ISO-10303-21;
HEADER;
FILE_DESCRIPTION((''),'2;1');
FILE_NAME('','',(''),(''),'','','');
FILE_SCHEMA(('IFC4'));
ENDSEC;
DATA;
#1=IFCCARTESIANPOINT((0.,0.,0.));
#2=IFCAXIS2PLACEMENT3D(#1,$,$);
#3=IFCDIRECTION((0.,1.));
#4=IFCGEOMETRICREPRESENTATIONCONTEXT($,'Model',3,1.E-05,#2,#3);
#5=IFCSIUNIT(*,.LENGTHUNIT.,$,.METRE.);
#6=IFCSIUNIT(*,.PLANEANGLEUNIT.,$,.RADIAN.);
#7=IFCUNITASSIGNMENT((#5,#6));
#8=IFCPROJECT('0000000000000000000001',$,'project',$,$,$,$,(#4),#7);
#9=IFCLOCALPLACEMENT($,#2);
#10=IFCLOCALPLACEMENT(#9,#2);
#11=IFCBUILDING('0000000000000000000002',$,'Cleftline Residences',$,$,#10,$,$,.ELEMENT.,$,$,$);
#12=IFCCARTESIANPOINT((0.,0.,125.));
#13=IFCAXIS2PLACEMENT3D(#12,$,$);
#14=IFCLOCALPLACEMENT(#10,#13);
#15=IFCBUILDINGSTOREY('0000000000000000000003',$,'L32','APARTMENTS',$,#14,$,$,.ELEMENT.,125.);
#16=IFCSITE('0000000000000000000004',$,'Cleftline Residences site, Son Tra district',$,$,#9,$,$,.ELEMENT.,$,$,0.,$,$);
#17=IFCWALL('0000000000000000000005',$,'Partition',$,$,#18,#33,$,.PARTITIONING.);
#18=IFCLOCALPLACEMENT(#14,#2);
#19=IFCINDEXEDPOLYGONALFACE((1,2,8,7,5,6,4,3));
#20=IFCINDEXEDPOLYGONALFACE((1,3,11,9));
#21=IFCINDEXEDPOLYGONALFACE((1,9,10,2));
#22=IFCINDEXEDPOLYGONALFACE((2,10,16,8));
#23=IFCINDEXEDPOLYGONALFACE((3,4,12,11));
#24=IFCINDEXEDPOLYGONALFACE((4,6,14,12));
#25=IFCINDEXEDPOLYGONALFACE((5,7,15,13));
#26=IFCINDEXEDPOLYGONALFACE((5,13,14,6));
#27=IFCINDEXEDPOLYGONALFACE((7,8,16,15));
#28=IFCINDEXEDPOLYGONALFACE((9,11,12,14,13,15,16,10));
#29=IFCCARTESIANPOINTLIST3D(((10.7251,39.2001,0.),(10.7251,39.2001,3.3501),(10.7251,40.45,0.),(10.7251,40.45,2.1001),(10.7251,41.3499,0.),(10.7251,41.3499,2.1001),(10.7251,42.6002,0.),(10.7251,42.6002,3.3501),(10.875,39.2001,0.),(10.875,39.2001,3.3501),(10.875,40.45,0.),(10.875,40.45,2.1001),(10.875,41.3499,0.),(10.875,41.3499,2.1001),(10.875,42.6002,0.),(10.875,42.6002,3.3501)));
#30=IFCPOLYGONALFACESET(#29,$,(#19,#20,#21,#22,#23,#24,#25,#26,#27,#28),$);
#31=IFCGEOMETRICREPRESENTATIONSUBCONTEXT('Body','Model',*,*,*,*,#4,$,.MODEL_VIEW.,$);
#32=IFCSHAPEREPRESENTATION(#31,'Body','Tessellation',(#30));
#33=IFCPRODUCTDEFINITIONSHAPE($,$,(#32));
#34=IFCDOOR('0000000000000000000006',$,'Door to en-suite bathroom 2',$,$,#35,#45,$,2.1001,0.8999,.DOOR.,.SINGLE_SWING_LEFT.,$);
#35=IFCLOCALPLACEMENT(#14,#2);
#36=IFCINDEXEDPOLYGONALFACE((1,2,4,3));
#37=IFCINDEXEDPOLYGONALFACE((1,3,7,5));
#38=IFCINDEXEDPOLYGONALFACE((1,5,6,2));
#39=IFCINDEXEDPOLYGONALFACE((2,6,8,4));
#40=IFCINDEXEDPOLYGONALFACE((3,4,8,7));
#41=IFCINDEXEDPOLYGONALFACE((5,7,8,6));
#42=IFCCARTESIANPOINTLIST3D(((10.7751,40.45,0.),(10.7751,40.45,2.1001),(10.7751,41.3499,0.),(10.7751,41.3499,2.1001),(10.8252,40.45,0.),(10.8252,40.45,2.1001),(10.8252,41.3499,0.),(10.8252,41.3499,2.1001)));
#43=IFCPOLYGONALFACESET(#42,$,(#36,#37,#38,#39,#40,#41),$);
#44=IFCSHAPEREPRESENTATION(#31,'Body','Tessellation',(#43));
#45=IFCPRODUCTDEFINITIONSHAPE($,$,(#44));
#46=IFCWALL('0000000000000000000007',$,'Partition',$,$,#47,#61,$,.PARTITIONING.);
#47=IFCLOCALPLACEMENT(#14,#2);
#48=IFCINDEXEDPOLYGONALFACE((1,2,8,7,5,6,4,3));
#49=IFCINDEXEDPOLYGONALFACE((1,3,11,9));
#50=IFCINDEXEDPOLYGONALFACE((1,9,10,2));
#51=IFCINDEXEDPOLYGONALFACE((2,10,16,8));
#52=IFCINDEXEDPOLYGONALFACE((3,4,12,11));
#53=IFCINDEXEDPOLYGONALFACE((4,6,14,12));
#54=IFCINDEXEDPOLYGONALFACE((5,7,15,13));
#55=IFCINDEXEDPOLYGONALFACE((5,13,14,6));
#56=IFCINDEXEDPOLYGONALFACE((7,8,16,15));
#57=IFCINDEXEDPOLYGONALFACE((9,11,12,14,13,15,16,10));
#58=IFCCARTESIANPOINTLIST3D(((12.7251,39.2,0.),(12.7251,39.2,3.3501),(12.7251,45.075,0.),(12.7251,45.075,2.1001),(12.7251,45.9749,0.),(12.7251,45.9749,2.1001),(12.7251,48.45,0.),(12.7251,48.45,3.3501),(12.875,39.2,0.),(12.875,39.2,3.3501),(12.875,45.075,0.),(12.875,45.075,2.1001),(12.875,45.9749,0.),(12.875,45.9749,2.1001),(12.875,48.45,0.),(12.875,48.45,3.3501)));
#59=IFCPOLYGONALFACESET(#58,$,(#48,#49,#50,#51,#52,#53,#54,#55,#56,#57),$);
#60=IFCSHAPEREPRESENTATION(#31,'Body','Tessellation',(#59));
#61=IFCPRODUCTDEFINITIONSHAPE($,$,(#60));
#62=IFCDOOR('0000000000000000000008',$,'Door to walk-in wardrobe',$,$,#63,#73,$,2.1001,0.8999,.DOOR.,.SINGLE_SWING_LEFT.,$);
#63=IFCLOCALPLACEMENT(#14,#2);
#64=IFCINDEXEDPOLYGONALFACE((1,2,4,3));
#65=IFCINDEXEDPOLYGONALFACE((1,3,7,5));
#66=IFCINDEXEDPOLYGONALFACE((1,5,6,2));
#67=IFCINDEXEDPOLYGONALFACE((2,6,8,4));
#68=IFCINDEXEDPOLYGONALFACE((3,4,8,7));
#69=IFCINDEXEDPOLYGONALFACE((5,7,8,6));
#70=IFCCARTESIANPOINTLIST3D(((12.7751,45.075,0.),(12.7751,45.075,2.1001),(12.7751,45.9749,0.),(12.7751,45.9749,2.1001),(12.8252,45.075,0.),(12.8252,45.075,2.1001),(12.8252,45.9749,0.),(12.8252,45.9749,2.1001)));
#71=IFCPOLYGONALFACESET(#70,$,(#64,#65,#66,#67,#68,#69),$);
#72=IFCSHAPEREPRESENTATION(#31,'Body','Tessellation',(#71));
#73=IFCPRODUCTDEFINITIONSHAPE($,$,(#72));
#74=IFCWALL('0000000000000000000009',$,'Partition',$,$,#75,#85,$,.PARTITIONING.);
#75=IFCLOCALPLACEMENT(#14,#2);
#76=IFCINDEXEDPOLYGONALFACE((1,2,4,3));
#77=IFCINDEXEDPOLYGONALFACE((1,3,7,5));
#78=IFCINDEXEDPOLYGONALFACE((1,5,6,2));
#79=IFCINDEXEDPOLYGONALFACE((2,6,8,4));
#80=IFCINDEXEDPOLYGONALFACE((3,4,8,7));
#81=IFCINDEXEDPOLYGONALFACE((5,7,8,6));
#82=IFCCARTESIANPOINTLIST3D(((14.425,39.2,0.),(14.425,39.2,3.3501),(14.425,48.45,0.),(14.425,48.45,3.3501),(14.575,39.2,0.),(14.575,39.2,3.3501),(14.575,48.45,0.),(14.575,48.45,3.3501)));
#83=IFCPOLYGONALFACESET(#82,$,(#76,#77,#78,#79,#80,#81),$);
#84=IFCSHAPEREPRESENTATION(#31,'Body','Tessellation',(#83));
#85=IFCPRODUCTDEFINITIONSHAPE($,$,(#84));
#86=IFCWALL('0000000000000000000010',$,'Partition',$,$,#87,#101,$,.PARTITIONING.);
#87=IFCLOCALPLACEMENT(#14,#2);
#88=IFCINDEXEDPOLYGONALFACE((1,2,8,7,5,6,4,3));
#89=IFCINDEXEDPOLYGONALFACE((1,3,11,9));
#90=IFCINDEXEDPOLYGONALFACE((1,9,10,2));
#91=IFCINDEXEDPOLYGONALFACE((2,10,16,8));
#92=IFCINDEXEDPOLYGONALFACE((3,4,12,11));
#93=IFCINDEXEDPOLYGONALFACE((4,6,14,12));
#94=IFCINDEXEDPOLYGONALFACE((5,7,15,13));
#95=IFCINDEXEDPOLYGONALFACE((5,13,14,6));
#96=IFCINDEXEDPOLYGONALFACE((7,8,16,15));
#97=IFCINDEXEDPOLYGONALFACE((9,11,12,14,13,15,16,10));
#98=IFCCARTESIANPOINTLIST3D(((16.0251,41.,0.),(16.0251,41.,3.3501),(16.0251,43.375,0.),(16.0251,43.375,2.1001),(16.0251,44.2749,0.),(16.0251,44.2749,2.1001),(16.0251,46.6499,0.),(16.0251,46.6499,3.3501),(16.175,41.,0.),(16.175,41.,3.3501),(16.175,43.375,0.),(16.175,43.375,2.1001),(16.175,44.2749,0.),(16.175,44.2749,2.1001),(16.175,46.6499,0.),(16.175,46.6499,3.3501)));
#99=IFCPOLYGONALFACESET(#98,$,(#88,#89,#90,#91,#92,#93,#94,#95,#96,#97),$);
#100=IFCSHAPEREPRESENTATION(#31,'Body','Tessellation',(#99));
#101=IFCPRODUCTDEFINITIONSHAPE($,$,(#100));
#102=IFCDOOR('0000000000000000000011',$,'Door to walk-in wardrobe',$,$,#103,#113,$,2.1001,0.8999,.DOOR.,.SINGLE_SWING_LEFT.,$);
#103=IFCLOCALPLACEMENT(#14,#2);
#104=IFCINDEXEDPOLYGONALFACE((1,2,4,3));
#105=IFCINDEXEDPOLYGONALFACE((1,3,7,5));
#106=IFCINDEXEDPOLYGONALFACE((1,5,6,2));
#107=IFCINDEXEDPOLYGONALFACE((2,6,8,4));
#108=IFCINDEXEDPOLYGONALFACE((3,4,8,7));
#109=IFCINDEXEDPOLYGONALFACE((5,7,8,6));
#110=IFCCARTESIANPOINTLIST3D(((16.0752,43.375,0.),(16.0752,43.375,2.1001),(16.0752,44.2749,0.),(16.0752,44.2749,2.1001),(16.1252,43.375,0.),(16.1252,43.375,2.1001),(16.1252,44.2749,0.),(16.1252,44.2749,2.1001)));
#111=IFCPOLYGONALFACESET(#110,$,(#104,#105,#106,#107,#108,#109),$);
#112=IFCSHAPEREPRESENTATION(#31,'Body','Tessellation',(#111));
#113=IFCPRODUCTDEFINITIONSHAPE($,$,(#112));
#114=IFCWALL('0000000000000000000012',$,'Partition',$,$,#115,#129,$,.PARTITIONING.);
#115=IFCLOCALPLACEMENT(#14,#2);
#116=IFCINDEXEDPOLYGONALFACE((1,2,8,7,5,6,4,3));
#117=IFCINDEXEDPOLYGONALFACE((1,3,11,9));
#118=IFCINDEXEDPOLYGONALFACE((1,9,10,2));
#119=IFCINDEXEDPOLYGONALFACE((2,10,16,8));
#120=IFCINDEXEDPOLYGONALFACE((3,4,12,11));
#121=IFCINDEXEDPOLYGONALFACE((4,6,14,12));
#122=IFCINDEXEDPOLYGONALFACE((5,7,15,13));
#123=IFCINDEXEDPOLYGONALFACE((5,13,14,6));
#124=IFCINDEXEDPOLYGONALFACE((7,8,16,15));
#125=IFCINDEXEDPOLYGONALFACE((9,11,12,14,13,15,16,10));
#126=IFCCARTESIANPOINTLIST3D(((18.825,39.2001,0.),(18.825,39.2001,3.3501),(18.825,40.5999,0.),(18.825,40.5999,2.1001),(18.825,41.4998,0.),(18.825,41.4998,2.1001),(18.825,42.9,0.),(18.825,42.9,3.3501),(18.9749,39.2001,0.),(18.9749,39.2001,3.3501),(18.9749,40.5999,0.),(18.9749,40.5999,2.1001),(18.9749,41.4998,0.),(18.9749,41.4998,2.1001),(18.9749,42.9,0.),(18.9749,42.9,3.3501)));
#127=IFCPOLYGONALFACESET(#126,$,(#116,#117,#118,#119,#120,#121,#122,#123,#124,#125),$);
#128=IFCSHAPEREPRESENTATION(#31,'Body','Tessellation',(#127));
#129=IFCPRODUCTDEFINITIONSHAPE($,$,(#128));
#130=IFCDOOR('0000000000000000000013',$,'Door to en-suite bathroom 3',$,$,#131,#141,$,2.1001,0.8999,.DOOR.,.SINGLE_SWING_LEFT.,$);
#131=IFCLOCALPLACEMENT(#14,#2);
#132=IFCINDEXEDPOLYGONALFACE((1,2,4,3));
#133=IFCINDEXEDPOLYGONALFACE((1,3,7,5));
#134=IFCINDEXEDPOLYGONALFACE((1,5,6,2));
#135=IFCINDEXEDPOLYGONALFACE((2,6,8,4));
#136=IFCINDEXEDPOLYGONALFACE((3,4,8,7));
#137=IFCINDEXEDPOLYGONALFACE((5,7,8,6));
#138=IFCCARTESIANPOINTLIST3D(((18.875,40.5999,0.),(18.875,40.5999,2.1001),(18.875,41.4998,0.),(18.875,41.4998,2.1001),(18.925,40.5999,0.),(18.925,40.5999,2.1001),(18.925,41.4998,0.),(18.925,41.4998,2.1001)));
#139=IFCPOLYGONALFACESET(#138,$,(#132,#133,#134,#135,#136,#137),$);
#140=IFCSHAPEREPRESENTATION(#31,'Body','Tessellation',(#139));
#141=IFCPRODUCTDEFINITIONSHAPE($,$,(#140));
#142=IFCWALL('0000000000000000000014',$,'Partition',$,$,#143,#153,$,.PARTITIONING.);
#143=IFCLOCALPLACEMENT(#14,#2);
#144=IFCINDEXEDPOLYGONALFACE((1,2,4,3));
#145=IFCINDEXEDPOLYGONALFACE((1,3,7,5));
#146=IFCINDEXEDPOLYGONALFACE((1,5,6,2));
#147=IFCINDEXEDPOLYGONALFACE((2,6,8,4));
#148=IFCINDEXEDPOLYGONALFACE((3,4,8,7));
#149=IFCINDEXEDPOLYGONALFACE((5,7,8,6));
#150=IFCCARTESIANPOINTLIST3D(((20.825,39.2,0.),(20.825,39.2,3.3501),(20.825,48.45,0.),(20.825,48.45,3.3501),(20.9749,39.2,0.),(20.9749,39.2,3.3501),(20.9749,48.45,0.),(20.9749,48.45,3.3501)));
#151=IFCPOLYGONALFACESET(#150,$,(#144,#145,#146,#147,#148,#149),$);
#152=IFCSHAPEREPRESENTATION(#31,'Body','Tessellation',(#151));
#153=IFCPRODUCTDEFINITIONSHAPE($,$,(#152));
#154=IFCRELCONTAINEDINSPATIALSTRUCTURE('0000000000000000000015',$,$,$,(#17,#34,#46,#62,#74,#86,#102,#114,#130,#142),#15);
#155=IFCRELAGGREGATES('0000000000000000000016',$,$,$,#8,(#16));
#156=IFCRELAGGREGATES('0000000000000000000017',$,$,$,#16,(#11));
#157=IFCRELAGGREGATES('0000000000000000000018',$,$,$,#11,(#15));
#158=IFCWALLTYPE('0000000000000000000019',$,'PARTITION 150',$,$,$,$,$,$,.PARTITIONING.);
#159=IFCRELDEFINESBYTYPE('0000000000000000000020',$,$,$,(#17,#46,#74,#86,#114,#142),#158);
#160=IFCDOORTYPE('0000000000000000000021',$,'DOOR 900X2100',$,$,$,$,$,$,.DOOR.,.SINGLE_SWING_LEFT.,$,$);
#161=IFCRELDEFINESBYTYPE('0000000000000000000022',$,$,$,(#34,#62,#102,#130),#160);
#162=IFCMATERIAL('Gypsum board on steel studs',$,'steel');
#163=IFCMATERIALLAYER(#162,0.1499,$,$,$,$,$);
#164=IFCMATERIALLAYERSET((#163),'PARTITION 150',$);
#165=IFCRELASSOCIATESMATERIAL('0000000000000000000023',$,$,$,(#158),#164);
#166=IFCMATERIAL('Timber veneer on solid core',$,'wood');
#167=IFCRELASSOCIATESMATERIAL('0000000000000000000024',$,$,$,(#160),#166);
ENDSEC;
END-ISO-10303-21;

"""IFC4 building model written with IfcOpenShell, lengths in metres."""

from ifc_helpers import new_model, si_unit, direction, frame, frame_2d, origin, place, context, subcontext, project, spatial, rectangle, extrude, material, layer, layer_set, type_object, element, fill, save


model = new_model("IFC4")

# Units and contexts
model_context = context("Model", 3, precision=1e-05, world=origin(), true_north=direction((0.0, 1.0)))
body_context = subcontext(model_context, "Body", "Model", "MODEL_VIEW")
ifc_project = project(units=[si_unit("LENGTHUNIT", "METRE"), si_unit("PLANEANGLEUNIT", "RADIAN")], contexts=[model_context])

# Site, building, storey
site_placement = place(None, origin())
site = spatial("IfcSite", under=ifc_project, at=site_placement, Name="Cleftline Residences site, Son Tra district", CompositionType="ELEMENT", RefElevation=0.0)
building_placement = place(site_placement, origin())
building = spatial("IfcBuilding", under=site, at=building_placement, Name="Cleftline Residences", CompositionType="ELEMENT")
storey_placement = place(building_placement, frame((0.0, 0.0, 125.0)))
storey = spatial("IfcBuildingStorey", under=building, at=storey_placement, Name="L32", Description="APARTMENTS", CompositionType="ELEMENT", Elevation=125.0)

# Shared definitions
ifc_material_1 = material(Name="Gypsum board on steel studs", Category="steel")
ifc_layer = layer(ifc_material_1, 0.1499)
ifc_layer_set = layer_set([ifc_layer], Name="PARTITION 150")
wall_type = type_object("IfcWallType", Name="PARTITION 150", PredefinedType="PARTITIONING", material=ifc_layer_set)

# Walls, openings, doors
wall_1_placement = place(storey_placement, frame((10.8, 39.2, 0.0), z_axis=(0.0, 0.0, 1.0), x_axis=(0.0, 1.0, 0.0)))
wall_1 = element("IfcWall", 1, at=wall_1_placement, inside=storey, type_object=wall_type, Name="Partition", PredefinedType="PARTITIONING", context=body_context, shape_type="SweptSolid", body=[
    extrude(rectangle(XDim=3.4001, YDim=0.1499, at=frame_2d((1.7002, 0.0))), origin(), (0.0, 0.0, 1.0), 3.3501),
])
opening_1_placement = place(wall_1_placement, frame((1.25, 0.0, 0.0)))
opening_1 = element("IfcOpeningElement", 2, at=opening_1_placement, cuts=wall_1, PredefinedType="OPENING", context=body_context, shape_type="SweptSolid", body=[
    extrude(rectangle(XDim=0.8999, YDim=2.1001, at=frame_2d((0.45, 1.05))), frame((0.0, 0.085, 0.0), z_axis=(0.0, -1.0, 0.0), x_axis=(1.0, 0.0, 0.0)), (0.0, 0.0, 1.0), 0.1699),
])
ifc_material_2 = material(Name="Timber veneer on solid core", Category="wood")
door_type_1 = type_object("IfcDoorType", Name="DOOR 900X2100", OperationType="SINGLE_SWING_LEFT", PredefinedType="DOOR", material=ifc_material_2)
door_1_placement = place(opening_1_placement, origin())
door_1 = element("IfcDoor", 3, at=door_1_placement, inside=storey, type_object=door_type_1, Name="Door to en-suite bathroom 2", OperationType="SINGLE_SWING_LEFT", OverallHeight=2.1001, OverallWidth=0.8999, PredefinedType="DOOR", context=body_context, shape_type="SweptSolid", body=[
    extrude(rectangle(XDim=0.8999, YDim=2.1001, at=frame_2d((0.45, 1.05))), frame((0.0, 0.0249, 0.0), z_axis=(0.0, -1.0, 0.0), x_axis=(1.0, 0.0, 0.0)), (0.0, 0.0, 1.0), 0.05),
])
fill(opening_1, door_1)
wall_2_placement = place(storey_placement, frame((12.8, 39.2, 0.0), z_axis=(0.0, 0.0, 1.0), x_axis=(0.0, 1.0, 0.0)))
wall_2 = element("IfcWall", 4, at=wall_2_placement, inside=storey, type_object=wall_type, Name="Partition", PredefinedType="PARTITIONING", context=body_context, shape_type="SweptSolid", body=[
    extrude(rectangle(XDim=9.25, YDim=0.1499, at=frame_2d((4.625, 0.0))), origin(), (0.0, 0.0, 1.0), 3.3501),
])
opening_2_placement = place(wall_2_placement, frame((5.875, 0.0, 0.0)))
opening_2 = element("IfcOpeningElement", 5, at=opening_2_placement, cuts=wall_2, PredefinedType="OPENING", context=body_context, shape_type="SweptSolid", body=[
    extrude(rectangle(XDim=0.8999, YDim=2.1001, at=frame_2d((0.45, 1.05))), frame((0.0, 0.085, 0.0), z_axis=(0.0, -1.0, 0.0), x_axis=(1.0, 0.0, 0.0)), (0.0, 0.0, 1.0), 0.1699),
])
door_2_placement = place(opening_2_placement, origin())
door_2 = element("IfcDoor", 6, at=door_2_placement, inside=storey, type_object=door_type_1, Name="Door to walk-in wardrobe", OperationType="SINGLE_SWING_LEFT", OverallHeight=2.1001, OverallWidth=0.8999, PredefinedType="DOOR", context=body_context, shape_type="SweptSolid", body=[
    extrude(rectangle(XDim=0.8999, YDim=2.1001, at=frame_2d((0.45, 1.05))), frame((0.0, 0.0249, 0.0), z_axis=(0.0, -1.0, 0.0), x_axis=(1.0, 0.0, 0.0)), (0.0, 0.0, 1.0), 0.05),
])
fill(opening_2, door_2)

# Wall
wall_3_placement = place(storey_placement, frame((14.5, 39.2, 0.0), z_axis=(0.0, 0.0, 1.0), x_axis=(0.0, 1.0, 0.0)))
element("IfcWall", 7, at=wall_3_placement, inside=storey, type_object=wall_type, Name="Partition", PredefinedType="PARTITIONING", context=body_context, shape_type="SweptSolid", body=[
    extrude(rectangle(XDim=9.25, YDim=0.1499, at=frame_2d((4.625, 0.0))), origin(), (0.0, 0.0, 1.0), 3.3501),
])

# Walls, openings, doors
wall_4_placement = place(storey_placement, frame((16.1001, 41.0, 0.0), z_axis=(0.0, 0.0, 1.0), x_axis=(0.0, 1.0, 0.0)))
wall_4 = element("IfcWall", 8, at=wall_4_placement, inside=storey, type_object=wall_type, Name="Partition", PredefinedType="PARTITIONING", context=body_context, shape_type="SweptSolid", body=[
    extrude(rectangle(XDim=5.6499, YDim=0.1499, at=frame_2d((2.825, 0.0))), origin(), (0.0, 0.0, 1.0), 3.3501),
])
opening_3_placement = place(wall_4_placement, frame((2.375, 0.0, 0.0)))
opening_3 = element("IfcOpeningElement", 9, at=opening_3_placement, cuts=wall_4, PredefinedType="OPENING", context=body_context, shape_type="SweptSolid", body=[
    extrude(rectangle(XDim=0.8999, YDim=2.1001, at=frame_2d((0.45, 1.05))), frame((0.0, 0.085, 0.0), z_axis=(0.0, -1.0, 0.0), x_axis=(1.0, 0.0, 0.0)), (0.0, 0.0, 1.0), 0.1699),
])
door_3_placement = place(opening_3_placement, origin())
door_3 = element("IfcDoor", 10, at=door_3_placement, inside=storey, type_object=door_type_1, Name="Door to walk-in wardrobe", OperationType="SINGLE_SWING_LEFT", OverallHeight=2.1001, OverallWidth=0.8999, PredefinedType="DOOR", context=body_context, shape_type="SweptSolid", body=[
    extrude(rectangle(XDim=0.8999, YDim=2.1001, at=frame_2d((0.45, 1.05))), frame((0.0, 0.0249, 0.0), z_axis=(0.0, -1.0, 0.0), x_axis=(1.0, 0.0, 0.0)), (0.0, 0.0, 1.0), 0.05),
])
fill(opening_3, door_3)
wall_5_placement = place(storey_placement, frame((18.8999, 39.2, 0.0), z_axis=(0.0, 0.0, 1.0), x_axis=(0.0, 1.0, 0.0)))
wall_5 = element("IfcWall", 11, at=wall_5_placement, inside=storey, type_object=wall_type, Name="Partition", PredefinedType="PARTITIONING", context=body_context, shape_type="SweptSolid", body=[
    extrude(rectangle(XDim=3.7, YDim=0.1499, at=frame_2d((1.8501, 0.0))), origin(), (0.0, 0.0, 1.0), 3.3501),
])
opening_4_placement = place(wall_5_placement, frame((1.3999, 0.0, 0.0)))
opening_4 = element("IfcOpeningElement", 12, at=opening_4_placement, cuts=wall_5, PredefinedType="OPENING", context=body_context, shape_type="SweptSolid", body=[
    extrude(rectangle(XDim=0.8999, YDim=2.1001, at=frame_2d((0.45, 1.05))), frame((0.0, 0.085, 0.0), z_axis=(0.0, -1.0, 0.0), x_axis=(1.0, 0.0, 0.0)), (0.0, 0.0, 1.0), 0.1699),
])
door_4_placement = place(opening_4_placement, origin())
door_4 = element("IfcDoor", 13, at=door_4_placement, inside=storey, type_object=door_type_1, Name="Door to en-suite bathroom 3", OperationType="SINGLE_SWING_LEFT", OverallHeight=2.1001, OverallWidth=0.8999, PredefinedType="DOOR", context=body_context, shape_type="SweptSolid", body=[
    extrude(rectangle(XDim=0.8999, YDim=2.1001, at=frame_2d((0.45, 1.05))), frame((0.0, 0.0249, 0.0), z_axis=(0.0, -1.0, 0.0), x_axis=(1.0, 0.0, 0.0)), (0.0, 0.0, 1.0), 0.05),
])
fill(opening_4, door_4)

# Wall
wall_6_placement = place(storey_placement, frame((20.8999, 39.2, 0.0), z_axis=(0.0, 0.0, 1.0), x_axis=(0.0, 1.0, 0.0)))
element("IfcWall", 14, at=wall_6_placement, inside=storey, type_object=wall_type, Name="Partition", PredefinedType="PARTITIONING", context=body_context, shape_type="SweptSolid", body=[
    extrude(rectangle(XDim=9.25, YDim=0.1499, at=frame_2d((4.625, 0.0))), origin(), (0.0, 0.0, 1.0), 3.3501),
])

save(model, "model.ifc")
